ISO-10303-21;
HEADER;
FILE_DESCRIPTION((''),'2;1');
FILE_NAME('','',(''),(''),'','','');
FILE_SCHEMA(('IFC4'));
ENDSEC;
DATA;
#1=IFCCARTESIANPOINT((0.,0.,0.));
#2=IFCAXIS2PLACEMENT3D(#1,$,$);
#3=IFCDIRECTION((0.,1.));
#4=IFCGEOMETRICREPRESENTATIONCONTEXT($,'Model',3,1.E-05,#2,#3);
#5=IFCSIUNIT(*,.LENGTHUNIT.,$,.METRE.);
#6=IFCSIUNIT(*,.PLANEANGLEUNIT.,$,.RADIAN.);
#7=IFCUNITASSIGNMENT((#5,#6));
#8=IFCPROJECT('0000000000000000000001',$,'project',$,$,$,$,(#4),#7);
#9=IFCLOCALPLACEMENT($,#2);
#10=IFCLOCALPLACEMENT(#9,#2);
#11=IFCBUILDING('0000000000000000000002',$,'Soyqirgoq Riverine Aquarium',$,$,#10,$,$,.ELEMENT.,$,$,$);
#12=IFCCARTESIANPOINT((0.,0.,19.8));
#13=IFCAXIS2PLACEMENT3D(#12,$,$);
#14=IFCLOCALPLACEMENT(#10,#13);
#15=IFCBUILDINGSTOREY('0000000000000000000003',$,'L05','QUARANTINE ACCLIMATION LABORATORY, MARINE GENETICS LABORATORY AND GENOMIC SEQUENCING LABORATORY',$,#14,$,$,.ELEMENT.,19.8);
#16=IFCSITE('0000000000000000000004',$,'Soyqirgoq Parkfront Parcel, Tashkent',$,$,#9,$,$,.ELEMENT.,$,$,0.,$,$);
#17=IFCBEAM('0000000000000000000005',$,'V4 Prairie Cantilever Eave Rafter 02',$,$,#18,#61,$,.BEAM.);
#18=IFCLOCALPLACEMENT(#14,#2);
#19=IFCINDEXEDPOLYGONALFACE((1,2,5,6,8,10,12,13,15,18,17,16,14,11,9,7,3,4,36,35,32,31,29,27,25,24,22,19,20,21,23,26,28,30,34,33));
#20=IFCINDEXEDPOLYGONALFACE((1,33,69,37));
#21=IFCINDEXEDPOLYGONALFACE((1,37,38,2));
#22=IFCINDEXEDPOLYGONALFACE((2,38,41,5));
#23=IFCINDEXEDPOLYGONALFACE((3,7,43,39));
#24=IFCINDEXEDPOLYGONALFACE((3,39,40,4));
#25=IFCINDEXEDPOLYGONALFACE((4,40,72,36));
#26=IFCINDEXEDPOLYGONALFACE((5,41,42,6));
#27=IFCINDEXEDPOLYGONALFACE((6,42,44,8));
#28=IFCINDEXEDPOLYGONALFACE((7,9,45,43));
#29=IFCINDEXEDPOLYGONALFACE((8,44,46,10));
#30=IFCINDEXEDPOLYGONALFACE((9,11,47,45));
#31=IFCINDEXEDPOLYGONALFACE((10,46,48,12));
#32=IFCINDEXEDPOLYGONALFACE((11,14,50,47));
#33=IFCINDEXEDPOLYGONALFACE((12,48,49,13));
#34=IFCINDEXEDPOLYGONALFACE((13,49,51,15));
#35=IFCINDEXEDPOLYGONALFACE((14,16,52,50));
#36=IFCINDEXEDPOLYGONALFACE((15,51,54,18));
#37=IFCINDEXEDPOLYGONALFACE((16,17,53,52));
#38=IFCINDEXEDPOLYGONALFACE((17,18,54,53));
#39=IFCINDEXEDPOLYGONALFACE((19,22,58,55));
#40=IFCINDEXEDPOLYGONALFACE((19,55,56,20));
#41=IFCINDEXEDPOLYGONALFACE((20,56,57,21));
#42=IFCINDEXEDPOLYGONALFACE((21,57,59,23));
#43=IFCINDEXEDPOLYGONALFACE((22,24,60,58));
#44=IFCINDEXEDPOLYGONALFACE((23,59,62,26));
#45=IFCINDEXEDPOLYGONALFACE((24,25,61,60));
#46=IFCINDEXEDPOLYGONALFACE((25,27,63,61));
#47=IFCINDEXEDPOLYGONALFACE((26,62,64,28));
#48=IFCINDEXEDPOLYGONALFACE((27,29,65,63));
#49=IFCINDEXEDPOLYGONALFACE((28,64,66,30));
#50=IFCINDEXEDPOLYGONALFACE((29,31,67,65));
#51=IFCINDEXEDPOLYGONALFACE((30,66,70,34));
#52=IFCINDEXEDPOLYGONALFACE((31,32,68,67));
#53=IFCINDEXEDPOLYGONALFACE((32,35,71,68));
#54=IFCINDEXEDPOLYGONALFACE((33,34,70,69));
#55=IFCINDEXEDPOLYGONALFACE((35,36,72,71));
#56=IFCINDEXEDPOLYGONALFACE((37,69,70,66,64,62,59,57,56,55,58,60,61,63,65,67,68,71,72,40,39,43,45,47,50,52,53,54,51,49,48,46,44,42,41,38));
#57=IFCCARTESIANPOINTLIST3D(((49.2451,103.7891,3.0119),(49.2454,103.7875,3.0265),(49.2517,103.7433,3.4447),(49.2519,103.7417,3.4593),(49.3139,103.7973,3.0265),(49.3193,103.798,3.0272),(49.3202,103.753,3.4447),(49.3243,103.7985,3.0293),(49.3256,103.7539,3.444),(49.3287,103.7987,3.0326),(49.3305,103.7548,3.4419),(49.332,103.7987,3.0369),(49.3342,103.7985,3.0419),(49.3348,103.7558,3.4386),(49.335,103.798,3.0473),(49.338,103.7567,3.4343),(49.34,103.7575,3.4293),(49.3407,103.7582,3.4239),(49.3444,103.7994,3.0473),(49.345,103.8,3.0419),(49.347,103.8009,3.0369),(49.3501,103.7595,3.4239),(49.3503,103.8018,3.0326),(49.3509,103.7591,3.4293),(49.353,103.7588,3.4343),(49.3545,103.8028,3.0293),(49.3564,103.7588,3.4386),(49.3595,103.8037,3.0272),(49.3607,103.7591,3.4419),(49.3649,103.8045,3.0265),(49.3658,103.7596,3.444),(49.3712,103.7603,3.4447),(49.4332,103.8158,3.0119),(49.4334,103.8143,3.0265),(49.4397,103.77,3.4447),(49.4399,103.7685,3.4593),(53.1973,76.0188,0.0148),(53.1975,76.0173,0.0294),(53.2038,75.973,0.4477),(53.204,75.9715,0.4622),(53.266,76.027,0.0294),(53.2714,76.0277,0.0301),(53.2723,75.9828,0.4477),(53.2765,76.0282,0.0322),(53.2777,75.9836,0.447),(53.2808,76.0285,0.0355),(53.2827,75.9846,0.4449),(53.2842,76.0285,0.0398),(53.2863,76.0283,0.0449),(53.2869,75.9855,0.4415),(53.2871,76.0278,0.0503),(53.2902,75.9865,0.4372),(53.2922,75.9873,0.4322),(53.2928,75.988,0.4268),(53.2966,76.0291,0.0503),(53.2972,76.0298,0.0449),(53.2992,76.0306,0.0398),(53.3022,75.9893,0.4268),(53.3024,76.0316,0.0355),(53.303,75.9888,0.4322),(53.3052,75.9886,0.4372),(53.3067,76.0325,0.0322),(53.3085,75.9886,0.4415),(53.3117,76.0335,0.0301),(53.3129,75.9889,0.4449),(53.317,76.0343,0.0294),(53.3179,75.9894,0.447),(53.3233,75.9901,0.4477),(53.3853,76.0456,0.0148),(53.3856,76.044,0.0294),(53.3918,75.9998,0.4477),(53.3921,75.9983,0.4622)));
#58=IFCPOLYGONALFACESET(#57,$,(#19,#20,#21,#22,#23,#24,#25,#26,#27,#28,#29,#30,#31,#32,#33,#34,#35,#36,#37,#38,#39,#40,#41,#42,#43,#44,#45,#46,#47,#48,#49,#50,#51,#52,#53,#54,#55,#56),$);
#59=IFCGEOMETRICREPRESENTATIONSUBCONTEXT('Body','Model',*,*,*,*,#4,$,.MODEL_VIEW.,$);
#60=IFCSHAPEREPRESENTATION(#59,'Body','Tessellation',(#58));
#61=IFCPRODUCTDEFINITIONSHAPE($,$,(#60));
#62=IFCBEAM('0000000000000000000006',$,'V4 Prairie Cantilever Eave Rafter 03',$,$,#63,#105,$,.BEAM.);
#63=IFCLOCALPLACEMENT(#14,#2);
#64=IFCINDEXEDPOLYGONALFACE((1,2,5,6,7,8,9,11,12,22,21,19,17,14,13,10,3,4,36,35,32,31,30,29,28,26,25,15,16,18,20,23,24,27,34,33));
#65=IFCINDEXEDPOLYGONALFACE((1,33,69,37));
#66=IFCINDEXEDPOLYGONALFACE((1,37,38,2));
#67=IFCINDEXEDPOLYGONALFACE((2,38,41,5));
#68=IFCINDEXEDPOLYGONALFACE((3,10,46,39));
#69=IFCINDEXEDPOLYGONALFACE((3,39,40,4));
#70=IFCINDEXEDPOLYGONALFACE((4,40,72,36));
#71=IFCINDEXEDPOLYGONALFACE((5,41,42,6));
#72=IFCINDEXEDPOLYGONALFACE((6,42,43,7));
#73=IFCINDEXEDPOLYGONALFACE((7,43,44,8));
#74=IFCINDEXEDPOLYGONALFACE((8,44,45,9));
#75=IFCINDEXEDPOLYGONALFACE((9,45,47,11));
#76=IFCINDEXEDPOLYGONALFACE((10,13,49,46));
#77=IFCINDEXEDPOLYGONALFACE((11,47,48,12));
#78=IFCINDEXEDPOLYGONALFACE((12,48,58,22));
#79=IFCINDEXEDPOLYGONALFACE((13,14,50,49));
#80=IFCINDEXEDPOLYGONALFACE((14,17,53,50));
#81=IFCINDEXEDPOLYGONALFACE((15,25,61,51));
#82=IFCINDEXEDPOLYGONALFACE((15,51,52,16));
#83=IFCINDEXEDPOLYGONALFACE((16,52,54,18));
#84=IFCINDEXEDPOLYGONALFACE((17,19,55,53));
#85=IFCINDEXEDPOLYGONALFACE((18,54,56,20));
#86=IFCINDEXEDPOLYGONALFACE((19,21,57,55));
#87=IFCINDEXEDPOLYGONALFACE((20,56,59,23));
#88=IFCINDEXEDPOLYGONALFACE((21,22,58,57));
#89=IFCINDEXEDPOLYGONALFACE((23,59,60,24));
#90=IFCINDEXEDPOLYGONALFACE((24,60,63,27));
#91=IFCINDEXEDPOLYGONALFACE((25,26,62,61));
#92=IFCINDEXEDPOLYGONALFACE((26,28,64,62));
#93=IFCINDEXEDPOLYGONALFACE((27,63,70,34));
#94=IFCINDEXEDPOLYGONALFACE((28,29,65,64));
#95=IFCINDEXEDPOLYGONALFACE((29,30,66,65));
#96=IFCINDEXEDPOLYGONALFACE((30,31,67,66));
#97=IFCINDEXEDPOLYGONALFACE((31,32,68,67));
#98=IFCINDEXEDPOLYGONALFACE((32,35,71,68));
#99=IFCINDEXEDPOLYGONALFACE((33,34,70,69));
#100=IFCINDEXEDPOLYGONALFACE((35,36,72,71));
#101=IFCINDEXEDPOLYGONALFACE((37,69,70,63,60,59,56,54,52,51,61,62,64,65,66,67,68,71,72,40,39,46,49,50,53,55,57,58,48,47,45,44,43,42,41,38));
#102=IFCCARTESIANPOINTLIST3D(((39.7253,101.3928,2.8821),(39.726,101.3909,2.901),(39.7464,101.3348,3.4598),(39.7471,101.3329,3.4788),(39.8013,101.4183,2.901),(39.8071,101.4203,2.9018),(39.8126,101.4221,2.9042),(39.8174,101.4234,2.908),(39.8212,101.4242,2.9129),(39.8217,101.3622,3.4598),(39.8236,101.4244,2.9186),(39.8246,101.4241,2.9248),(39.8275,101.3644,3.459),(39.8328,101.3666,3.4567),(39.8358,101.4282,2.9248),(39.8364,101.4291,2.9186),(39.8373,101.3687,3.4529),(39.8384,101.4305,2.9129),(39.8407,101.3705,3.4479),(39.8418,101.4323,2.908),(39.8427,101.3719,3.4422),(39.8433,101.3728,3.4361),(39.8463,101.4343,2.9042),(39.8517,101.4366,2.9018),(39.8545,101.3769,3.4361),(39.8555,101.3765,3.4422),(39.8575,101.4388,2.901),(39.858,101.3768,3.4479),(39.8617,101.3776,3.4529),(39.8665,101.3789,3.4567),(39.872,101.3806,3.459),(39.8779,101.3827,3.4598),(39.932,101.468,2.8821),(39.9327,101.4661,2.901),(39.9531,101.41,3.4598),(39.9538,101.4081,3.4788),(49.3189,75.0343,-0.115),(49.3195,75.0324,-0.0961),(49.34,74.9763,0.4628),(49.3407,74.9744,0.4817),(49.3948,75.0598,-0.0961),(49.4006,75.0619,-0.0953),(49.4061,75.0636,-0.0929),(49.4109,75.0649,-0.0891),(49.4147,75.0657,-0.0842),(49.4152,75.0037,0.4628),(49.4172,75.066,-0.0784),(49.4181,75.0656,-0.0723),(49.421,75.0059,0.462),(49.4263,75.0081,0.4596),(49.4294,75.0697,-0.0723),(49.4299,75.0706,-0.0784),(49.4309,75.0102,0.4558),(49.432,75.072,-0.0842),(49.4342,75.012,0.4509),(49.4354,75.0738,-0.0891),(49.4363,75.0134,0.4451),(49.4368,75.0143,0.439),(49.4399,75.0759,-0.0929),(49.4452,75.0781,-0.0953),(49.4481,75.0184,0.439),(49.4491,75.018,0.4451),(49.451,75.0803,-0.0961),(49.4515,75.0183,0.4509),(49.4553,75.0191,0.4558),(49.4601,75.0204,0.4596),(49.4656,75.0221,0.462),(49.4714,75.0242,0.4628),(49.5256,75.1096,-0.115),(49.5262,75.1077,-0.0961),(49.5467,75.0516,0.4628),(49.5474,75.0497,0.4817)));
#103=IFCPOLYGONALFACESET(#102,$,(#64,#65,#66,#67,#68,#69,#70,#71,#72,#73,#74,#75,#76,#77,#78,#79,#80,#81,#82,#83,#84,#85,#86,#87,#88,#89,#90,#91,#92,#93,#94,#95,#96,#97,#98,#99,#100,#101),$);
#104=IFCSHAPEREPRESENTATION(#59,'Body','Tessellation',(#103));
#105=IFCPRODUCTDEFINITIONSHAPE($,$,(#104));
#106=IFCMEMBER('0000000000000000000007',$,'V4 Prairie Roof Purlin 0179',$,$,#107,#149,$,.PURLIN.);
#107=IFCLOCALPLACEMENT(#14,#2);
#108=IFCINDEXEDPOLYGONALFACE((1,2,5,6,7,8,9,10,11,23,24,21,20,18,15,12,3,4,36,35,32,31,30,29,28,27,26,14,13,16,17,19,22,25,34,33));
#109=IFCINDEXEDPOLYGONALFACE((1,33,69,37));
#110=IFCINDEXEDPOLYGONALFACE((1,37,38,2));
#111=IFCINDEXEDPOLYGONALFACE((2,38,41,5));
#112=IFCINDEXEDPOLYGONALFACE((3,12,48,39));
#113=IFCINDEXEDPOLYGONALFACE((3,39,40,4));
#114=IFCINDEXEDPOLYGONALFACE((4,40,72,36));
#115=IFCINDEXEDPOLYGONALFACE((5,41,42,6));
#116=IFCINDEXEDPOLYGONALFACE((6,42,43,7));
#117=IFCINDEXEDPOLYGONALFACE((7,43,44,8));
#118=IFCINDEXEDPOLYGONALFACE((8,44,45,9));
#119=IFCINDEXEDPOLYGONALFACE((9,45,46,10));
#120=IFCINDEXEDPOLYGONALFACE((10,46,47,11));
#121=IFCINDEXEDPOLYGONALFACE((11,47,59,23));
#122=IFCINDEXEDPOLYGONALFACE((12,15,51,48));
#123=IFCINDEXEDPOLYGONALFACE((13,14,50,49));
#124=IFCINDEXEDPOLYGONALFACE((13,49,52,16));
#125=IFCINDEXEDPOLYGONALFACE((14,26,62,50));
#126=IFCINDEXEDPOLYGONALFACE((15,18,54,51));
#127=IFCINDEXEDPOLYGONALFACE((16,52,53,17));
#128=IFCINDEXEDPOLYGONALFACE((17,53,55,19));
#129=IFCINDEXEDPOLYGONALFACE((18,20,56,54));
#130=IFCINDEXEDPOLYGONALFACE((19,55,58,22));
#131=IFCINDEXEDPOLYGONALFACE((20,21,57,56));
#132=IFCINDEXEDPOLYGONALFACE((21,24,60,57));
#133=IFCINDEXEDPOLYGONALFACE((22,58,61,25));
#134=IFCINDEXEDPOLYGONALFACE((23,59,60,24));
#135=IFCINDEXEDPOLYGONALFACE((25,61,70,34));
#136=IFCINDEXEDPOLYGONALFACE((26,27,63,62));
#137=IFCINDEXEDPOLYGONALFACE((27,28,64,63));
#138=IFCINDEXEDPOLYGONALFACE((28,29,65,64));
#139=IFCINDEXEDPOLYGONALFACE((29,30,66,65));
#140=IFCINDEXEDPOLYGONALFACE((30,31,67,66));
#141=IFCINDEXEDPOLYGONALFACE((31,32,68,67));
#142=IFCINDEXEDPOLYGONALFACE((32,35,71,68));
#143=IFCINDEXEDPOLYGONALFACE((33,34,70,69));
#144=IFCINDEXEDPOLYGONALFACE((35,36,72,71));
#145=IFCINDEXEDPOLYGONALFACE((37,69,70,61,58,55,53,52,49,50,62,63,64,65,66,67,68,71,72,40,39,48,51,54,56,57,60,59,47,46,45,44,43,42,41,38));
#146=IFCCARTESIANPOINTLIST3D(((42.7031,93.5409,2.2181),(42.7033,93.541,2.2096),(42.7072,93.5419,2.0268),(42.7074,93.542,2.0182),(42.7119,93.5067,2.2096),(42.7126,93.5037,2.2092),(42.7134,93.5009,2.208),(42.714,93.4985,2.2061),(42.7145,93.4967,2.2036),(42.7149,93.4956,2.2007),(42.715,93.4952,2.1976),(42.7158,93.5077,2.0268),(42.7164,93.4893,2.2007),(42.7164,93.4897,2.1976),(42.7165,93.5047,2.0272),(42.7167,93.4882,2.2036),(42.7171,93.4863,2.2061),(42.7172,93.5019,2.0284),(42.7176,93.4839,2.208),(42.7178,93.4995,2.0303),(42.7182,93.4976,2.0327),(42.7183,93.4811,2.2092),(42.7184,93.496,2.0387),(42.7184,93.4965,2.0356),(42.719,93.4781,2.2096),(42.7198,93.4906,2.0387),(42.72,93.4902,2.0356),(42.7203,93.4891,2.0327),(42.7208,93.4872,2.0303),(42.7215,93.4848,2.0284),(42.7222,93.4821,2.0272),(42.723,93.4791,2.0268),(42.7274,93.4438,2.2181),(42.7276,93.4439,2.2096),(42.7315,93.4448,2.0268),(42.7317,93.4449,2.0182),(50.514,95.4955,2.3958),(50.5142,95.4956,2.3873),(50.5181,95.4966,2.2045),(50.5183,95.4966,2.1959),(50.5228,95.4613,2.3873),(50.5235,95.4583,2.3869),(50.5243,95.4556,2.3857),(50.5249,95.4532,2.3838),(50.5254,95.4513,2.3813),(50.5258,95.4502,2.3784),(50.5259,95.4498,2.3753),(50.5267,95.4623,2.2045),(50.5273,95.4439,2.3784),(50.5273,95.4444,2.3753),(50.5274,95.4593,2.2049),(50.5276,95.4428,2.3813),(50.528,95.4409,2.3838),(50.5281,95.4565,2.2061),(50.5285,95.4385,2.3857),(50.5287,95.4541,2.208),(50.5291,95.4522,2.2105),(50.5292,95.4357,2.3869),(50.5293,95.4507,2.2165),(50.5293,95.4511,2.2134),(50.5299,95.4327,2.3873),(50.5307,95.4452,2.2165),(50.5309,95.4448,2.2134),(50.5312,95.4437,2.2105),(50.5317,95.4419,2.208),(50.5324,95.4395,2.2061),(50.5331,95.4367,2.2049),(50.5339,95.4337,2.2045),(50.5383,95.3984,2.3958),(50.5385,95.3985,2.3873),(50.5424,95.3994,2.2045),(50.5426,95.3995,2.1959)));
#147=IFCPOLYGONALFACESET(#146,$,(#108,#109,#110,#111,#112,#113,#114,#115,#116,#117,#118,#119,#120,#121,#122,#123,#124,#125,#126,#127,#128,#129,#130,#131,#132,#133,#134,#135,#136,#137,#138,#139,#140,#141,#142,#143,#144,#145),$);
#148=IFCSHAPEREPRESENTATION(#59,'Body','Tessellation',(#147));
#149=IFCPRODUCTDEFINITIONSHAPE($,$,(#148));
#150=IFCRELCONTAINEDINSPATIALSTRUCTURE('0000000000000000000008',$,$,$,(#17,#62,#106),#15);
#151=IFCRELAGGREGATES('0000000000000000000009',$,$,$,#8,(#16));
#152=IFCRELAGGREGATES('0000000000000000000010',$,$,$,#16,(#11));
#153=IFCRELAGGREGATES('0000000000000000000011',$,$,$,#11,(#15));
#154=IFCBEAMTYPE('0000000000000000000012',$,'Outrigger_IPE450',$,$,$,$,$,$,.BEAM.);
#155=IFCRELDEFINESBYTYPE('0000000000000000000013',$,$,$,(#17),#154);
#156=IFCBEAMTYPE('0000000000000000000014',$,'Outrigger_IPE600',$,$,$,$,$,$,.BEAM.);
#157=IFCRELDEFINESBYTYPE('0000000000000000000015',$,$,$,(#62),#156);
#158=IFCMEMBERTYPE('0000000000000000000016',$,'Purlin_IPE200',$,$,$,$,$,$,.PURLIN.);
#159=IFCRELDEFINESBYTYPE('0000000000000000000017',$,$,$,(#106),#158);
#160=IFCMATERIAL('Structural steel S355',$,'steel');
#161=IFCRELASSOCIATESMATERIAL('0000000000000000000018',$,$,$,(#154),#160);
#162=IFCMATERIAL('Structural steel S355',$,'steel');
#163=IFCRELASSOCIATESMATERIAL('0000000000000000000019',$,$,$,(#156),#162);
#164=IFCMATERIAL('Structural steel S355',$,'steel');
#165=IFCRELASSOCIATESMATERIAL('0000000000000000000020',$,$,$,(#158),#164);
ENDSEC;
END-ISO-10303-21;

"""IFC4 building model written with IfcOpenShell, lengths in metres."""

from ifc_helpers import new_model, si_unit, direction, frame, origin, origin_2d, place, context, subcontext, project, spatial, i_section, extrude, material, material_profile, profile_set, type_object, element, save


model = new_model("IFC4")

# Units and contexts
model_context = context("Model", 3, precision=1e-05, world=origin(), true_north=direction((0.0, 1.0)))
body_context = subcontext(model_context, "Body", "Model", "MODEL_VIEW")
ifc_project = project(units=[si_unit("LENGTHUNIT", "METRE"), si_unit("PLANEANGLEUNIT", "RADIAN")], contexts=[model_context])

# Site, building, storey
site_placement = place(None, origin())
site = spatial("IfcSite", under=ifc_project, at=site_placement, Name="Soyqirgoq Parkfront Parcel, Tashkent", CompositionType="ELEMENT", RefElevation=0.0)
building_placement = place(site_placement, origin())
building = spatial("IfcBuilding", under=site, at=building_placement, Name="Soyqirgoq Riverine Aquarium", CompositionType="ELEMENT")
storey_placement = place(building_placement, frame((0.0, 0.0, 19.8)))
storey = spatial("IfcBuildingStorey", under=building, at=storey_placement, Name="L05", Description="QUARANTINE ACCLIMATION LABORATORY, MARINE GENETICS LABORATORY AND GENOMIC SEQUENCING LABORATORY", CompositionType="ELEMENT", Elevation=19.8)

# Beams
ifc_material_1 = material(Name="Structural steel S355", Category="steel")
ifc_material_profile_1 = material_profile(ifc_material_1, i_section(OverallWidth=0.1899, OverallDepth=0.45, WebThickness=0.0095, FlangeThickness=0.0146, FilletRadius=0.021, at=origin_2d()), Name="IPE 450")
ifc_profile_set_1 = profile_set([ifc_material_profile_1], Name="Structural steel S355")
beam_type_1 = type_object("IfcBeamType", Name="Outrigger_IPE450", PredefinedType="BEAM", material=ifc_profile_set_1)
beam_1_placement = place(storey_placement, frame((53.2947, 76.0085, 0.2385), z_axis=(-0.140099, 0.984421, 0.106242), x_axis=(-0.990024, -0.140896, 0.0)))
element("IfcBeam", 1, at=beam_1_placement, inside=storey, type_object=beam_type_1, Name="V4 Prairie Cantilever Eave Rafter 02", PredefinedType="BEAM", context=body_context, shape_type="SweptSolid", body=[
    extrude(i_section(OverallWidth=0.1899, OverallDepth=0.45, WebThickness=0.0095, FlangeThickness=0.0146, FilletRadius=0.021, at=origin_2d()), origin(), (0.0, 0.0, 1.0), 28.2097),
])
ifc_material_2 = material(Name="Structural steel S355", Category="steel")
ifc_material_profile_2 = material_profile(ifc_material_2, i_section(OverallWidth=0.22, OverallDepth=0.6001, WebThickness=0.012, FlangeThickness=0.019, FilletRadius=0.0239, at=origin_2d()), Name="IPE 600")
ifc_profile_set_2 = profile_set([ifc_material_profile_2], Name="Structural steel S355")
beam_type_2 = type_object("IfcBeamType", Name="Outrigger_IPE600", PredefinedType="BEAM", material=ifc_profile_set_2)
beam_2_placement = place(storey_placement, frame((49.4331, 75.042, 0.1833), z_axis=(-0.340079, 0.934376, 0.106243), x_axis=(-0.939695, -0.342015, 0.0)))
element("IfcBeam", 2, at=beam_2_placement, inside=storey, type_object=beam_type_2, Name="V4 Prairie Cantilever Eave Rafter 03", PredefinedType="BEAM", context=body_context, shape_type="SweptSolid", body=[
    extrude(i_section(OverallWidth=0.22, OverallDepth=0.6001, WebThickness=0.012, FlangeThickness=0.019, FilletRadius=0.0239, at=origin_2d()), origin(), (0.0, 0.0, 1.0), 28.2097),
])

# Member
ifc_material_3 = material(Name="Structural steel S355", Category="steel")
ifc_material_profile_3 = material_profile(ifc_material_3, i_section(OverallWidth=0.1001, OverallDepth=0.2, WebThickness=0.0056, FlangeThickness=0.0085, FilletRadius=0.012, at=origin_2d()), Name="IPE 200")
ifc_profile_set_3 = profile_set([ifc_material_profile_3], Name="Structural steel S355")
member_type_1 = type_object("IfcMemberType", Name="Purlin_IPE200", PredefinedType="PURLIN", material=ifc_profile_set_3)
member_1_placement = place(storey_placement, frame((50.5283, 95.4475, 2.2959), z_axis=(-0.969851, -0.242698, -0.022069), x_axis=(0.242757, -0.970087, 0.0)))
element("IfcMember", 3, at=member_1_placement, inside=storey, type_object=member_type_1, Name="V4 Prairie Roof Purlin 0179", PredefinedType="PURLIN", context=body_context, shape_type="SweptSolid", body=[
    extrude(i_section(OverallWidth=0.1001, OverallDepth=0.2, WebThickness=0.0056, FlangeThickness=0.0085, FilletRadius=0.012, at=origin_2d()), origin(), (0.0, 0.0, 1.0), 8.0537),
])

save(model, "model.ifc")
